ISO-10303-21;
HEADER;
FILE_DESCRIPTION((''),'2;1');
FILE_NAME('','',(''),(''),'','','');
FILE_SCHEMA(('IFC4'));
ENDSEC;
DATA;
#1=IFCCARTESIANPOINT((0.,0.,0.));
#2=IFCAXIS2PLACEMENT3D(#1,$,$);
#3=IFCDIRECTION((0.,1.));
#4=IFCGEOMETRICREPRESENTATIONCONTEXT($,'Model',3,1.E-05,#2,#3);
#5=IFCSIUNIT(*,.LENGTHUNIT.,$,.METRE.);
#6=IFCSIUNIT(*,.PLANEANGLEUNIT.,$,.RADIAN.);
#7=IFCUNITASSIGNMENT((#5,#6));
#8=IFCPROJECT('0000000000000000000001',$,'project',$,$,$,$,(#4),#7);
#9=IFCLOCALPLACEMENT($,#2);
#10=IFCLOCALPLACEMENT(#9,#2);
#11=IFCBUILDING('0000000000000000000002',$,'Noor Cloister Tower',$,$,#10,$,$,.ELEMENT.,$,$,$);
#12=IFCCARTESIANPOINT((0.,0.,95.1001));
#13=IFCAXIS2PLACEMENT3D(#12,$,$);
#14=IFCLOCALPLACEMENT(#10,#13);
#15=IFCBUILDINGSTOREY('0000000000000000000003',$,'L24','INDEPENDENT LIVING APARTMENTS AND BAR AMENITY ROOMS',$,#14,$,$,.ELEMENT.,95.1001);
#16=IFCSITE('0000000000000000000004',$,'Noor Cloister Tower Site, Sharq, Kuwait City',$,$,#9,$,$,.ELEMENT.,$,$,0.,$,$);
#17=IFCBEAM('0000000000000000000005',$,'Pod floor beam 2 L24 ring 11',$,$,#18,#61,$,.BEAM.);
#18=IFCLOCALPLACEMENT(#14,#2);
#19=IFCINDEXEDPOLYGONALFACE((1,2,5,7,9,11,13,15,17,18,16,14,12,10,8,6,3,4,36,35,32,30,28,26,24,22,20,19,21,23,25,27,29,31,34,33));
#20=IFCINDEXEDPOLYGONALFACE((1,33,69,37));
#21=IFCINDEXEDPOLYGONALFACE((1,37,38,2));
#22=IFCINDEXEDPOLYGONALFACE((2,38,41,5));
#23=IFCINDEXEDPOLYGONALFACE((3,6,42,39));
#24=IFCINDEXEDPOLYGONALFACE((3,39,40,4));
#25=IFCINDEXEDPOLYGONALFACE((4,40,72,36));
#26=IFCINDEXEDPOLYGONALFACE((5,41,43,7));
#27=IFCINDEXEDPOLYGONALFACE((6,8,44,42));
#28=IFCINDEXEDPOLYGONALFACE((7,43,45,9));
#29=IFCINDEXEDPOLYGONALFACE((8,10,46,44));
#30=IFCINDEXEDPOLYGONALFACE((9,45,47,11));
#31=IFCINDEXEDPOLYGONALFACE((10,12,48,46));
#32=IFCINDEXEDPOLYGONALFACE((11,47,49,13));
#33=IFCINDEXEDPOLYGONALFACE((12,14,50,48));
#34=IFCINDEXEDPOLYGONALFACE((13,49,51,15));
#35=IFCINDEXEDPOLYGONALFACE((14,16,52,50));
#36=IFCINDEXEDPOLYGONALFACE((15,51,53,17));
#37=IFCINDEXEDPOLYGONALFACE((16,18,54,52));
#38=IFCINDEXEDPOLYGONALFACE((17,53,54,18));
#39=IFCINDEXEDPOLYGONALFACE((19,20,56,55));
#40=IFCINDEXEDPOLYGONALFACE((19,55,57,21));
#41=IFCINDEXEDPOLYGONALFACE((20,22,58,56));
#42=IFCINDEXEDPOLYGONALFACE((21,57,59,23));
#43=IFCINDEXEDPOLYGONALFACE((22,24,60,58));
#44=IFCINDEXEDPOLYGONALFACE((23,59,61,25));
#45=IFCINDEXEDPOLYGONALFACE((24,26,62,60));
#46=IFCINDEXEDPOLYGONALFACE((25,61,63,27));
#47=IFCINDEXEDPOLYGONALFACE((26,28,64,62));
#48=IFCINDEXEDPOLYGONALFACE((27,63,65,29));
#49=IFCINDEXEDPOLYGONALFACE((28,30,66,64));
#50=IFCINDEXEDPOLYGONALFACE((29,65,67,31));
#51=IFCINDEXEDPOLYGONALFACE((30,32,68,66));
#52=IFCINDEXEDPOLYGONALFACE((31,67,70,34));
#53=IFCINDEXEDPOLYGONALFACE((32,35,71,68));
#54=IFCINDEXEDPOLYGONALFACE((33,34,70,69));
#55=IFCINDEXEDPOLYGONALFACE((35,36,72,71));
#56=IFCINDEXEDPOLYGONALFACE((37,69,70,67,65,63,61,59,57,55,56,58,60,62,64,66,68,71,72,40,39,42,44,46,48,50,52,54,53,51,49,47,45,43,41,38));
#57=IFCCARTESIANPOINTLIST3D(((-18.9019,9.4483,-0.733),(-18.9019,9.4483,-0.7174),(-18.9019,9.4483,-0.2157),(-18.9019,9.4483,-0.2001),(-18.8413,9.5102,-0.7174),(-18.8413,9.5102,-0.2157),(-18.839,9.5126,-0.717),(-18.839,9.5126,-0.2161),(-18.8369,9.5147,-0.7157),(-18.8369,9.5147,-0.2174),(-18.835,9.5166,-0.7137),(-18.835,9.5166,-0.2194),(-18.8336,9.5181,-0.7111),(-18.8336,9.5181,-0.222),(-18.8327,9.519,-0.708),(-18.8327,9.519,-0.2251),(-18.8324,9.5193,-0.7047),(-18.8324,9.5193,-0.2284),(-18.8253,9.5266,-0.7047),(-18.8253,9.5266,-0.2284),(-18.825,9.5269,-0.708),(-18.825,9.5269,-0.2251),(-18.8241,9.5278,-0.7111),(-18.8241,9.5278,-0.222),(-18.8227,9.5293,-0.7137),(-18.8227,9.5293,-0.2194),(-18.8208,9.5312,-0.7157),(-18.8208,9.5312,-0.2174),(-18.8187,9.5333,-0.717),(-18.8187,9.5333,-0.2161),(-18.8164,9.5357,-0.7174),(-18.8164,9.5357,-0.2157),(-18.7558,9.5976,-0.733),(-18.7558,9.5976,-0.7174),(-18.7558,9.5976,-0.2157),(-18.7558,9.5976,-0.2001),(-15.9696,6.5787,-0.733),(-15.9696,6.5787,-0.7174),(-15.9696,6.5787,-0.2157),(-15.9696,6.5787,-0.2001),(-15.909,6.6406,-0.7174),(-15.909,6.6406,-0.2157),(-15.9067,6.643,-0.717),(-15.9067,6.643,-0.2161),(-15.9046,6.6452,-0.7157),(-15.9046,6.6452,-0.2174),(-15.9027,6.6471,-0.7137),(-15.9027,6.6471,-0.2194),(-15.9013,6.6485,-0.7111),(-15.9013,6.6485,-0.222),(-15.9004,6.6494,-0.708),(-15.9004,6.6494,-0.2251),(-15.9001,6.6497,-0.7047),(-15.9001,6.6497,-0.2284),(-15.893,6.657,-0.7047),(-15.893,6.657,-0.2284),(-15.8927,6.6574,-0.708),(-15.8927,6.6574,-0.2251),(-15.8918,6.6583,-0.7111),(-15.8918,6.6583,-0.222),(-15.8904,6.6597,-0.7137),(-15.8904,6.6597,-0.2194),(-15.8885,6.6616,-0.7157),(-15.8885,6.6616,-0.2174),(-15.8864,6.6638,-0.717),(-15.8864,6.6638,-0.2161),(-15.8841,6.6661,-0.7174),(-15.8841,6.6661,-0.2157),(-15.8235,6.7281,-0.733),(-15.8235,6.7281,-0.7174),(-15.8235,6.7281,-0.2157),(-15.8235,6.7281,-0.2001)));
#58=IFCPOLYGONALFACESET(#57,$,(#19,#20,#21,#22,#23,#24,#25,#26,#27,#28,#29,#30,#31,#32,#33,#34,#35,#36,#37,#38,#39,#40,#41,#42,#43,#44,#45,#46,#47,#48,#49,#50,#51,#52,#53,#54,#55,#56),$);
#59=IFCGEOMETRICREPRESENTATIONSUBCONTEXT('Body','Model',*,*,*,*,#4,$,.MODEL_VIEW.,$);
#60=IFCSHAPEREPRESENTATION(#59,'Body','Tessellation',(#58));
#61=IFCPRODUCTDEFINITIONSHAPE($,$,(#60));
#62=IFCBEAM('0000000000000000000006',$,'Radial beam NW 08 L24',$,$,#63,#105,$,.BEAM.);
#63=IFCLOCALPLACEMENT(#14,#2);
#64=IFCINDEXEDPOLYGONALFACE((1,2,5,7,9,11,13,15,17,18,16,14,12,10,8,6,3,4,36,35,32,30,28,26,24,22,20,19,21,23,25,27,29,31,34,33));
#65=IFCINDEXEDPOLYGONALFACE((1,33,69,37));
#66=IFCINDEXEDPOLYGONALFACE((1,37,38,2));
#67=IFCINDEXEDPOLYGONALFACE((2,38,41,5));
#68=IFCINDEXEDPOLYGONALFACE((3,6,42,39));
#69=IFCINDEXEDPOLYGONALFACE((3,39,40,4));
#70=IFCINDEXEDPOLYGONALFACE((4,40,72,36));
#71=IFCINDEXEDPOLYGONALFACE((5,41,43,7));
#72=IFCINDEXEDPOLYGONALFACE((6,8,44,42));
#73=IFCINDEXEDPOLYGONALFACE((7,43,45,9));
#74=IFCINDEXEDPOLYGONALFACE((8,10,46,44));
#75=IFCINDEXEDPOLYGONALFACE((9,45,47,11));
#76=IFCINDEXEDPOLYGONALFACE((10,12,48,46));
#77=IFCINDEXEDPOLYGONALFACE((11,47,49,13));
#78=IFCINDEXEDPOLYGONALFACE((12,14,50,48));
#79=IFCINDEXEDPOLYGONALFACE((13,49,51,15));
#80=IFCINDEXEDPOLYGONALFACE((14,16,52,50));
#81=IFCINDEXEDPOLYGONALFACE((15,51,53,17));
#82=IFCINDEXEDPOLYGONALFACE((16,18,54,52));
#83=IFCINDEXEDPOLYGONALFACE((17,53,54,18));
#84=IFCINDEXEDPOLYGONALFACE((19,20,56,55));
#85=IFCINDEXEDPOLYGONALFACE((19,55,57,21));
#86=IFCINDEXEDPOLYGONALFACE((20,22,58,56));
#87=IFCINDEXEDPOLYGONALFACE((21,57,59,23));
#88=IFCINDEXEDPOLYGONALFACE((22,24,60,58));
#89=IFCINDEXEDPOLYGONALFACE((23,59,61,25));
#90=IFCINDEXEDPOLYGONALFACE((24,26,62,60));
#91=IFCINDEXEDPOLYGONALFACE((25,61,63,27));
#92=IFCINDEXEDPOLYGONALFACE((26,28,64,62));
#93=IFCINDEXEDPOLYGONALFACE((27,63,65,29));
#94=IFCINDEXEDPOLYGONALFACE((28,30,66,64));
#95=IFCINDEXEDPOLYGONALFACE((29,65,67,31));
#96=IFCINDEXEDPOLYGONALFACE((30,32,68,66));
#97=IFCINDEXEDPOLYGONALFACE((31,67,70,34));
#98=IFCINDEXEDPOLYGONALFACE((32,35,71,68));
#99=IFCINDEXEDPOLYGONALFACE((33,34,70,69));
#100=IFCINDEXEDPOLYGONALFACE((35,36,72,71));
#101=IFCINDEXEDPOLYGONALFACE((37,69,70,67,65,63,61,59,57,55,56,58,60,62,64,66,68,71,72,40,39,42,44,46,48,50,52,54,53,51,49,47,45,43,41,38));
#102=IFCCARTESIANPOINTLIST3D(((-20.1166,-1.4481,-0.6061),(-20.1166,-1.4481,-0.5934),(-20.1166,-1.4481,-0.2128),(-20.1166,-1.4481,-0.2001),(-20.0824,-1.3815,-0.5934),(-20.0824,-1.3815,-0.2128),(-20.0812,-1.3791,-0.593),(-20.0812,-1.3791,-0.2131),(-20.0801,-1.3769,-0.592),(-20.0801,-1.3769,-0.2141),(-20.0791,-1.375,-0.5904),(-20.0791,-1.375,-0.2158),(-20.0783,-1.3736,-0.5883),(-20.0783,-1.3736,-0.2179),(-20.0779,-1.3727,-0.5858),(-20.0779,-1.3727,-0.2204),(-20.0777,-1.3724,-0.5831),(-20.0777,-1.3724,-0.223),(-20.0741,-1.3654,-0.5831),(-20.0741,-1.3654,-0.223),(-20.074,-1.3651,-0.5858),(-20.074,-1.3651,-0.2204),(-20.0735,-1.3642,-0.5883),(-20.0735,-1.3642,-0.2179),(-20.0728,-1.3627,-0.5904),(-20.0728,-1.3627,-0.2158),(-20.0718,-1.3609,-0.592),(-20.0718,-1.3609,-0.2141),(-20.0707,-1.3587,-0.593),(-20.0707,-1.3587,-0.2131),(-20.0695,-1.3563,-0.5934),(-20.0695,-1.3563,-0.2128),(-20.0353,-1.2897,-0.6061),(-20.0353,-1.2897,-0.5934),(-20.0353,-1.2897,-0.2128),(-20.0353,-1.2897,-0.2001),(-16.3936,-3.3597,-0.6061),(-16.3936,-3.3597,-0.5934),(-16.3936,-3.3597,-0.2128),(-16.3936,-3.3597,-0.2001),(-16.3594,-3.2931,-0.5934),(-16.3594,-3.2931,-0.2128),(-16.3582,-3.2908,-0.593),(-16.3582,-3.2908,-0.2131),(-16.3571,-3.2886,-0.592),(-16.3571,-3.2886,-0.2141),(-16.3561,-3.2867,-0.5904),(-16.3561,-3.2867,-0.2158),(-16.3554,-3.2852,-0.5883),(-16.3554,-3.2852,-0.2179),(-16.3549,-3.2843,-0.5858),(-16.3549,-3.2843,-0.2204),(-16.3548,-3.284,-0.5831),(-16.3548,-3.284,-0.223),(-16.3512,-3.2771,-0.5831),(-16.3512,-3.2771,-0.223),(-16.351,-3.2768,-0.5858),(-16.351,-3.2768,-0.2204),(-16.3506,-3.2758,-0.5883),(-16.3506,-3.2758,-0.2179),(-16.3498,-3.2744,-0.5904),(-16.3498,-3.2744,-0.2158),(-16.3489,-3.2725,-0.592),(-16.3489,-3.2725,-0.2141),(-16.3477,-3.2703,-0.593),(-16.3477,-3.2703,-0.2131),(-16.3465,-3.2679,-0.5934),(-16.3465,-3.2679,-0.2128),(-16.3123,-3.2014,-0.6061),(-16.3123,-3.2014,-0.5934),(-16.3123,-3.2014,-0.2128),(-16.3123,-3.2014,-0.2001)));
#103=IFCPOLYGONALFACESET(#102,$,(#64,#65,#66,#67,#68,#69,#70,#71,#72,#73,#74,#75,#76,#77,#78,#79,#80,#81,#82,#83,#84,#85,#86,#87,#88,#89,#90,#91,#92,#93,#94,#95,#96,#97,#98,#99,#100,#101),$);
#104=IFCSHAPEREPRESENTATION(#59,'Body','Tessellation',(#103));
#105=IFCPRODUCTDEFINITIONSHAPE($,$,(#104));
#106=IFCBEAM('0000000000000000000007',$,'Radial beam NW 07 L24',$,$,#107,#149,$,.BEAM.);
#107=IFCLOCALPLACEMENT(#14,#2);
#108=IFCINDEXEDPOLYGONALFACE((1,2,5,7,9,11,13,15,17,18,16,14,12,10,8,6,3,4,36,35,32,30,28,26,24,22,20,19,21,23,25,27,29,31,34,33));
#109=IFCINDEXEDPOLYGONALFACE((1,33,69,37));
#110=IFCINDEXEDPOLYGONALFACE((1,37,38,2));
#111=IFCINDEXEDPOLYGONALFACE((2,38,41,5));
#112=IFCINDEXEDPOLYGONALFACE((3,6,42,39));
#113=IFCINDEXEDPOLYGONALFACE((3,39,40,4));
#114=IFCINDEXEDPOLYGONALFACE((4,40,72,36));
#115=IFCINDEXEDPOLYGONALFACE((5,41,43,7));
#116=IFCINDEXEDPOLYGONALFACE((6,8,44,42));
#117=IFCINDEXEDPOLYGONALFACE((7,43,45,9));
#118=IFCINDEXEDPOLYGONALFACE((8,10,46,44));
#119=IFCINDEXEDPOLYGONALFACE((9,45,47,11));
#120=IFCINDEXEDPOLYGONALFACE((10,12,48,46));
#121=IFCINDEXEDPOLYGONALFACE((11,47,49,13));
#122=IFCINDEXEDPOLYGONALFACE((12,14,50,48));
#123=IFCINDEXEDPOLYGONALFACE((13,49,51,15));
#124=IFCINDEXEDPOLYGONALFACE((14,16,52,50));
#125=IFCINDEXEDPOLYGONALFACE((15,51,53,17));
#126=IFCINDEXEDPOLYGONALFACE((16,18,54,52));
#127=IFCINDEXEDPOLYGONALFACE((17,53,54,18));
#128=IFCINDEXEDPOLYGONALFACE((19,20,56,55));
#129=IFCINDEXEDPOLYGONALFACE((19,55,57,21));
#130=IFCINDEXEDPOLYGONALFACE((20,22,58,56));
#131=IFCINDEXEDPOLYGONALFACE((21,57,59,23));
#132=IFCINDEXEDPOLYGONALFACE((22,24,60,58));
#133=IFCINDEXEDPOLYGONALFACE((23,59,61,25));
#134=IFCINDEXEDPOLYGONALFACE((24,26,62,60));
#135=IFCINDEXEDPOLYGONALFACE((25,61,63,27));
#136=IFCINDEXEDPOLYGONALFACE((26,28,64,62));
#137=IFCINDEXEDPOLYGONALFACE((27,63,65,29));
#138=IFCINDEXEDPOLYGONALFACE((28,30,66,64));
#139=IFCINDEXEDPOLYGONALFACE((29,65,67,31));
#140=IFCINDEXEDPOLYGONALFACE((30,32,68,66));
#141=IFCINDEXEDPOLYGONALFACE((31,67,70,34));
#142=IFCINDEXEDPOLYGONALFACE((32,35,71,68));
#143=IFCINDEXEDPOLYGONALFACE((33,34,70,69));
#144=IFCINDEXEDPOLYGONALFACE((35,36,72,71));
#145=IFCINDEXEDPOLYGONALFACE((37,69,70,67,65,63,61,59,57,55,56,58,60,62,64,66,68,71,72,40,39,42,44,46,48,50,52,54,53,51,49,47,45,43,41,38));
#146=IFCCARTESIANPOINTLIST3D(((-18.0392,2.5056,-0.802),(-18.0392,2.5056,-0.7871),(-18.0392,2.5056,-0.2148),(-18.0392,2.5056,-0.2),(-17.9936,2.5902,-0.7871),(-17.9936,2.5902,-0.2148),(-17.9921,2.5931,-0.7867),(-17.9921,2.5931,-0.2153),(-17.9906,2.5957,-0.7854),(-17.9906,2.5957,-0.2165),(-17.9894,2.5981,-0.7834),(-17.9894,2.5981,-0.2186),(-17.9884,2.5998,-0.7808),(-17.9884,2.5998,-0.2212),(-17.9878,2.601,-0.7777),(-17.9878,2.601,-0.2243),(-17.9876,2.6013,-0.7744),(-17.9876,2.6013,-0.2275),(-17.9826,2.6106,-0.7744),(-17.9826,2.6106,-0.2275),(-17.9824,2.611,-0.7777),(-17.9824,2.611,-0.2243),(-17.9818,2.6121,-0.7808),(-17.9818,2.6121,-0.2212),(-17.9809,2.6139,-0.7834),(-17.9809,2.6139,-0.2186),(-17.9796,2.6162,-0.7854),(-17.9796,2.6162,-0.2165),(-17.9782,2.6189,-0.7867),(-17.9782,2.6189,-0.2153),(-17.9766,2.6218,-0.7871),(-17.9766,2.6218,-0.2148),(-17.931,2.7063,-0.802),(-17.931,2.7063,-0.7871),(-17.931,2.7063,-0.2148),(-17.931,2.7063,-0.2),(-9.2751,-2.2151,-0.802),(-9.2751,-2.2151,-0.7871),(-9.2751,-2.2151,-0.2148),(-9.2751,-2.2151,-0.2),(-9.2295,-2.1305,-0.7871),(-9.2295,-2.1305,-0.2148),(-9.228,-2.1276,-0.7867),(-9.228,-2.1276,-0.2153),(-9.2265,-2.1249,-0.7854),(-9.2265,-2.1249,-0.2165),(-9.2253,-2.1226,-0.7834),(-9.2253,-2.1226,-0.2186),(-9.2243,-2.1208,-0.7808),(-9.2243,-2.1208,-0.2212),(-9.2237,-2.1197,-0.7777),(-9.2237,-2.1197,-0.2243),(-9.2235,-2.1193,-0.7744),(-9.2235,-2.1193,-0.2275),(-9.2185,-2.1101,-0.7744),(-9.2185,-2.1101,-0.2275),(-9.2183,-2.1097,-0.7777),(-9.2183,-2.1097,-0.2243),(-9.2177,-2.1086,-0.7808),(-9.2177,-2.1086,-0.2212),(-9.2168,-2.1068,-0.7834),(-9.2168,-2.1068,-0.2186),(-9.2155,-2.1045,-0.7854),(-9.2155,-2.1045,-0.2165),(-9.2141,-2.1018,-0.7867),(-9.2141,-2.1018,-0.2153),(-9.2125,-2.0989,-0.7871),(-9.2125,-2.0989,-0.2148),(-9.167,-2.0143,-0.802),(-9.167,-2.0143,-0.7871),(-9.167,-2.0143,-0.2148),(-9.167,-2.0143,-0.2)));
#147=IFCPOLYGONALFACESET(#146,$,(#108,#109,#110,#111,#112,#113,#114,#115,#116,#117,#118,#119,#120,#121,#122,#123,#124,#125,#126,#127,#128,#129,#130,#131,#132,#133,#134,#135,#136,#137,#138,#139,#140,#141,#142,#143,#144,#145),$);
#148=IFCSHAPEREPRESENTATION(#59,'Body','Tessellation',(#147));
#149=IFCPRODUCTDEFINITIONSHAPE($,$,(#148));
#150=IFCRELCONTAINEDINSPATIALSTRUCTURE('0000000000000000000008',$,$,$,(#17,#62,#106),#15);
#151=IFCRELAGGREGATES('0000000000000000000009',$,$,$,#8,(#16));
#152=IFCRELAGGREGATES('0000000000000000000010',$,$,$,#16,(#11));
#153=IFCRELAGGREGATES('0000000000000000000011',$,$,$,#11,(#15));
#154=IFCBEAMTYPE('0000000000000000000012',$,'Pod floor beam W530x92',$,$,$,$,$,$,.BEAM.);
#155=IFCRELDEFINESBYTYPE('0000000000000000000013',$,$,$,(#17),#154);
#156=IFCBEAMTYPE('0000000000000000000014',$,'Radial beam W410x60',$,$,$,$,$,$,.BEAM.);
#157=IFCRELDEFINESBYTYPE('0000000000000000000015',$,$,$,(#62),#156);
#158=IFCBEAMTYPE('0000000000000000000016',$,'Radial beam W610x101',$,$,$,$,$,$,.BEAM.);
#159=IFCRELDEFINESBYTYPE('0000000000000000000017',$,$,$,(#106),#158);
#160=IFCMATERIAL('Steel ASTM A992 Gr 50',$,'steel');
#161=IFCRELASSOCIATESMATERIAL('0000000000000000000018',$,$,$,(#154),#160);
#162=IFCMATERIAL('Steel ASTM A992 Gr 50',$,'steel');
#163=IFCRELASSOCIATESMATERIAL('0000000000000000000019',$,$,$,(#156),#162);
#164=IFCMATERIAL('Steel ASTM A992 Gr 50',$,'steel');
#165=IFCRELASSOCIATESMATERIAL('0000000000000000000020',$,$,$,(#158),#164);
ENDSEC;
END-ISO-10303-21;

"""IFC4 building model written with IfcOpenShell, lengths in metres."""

from ifc_helpers import new_model, si_unit, direction, frame, origin, origin_2d, place, context, subcontext, project, spatial, i_section, extrude, material, material_profile, profile_set, type_object, element, save


model = new_model("IFC4")

# Units and contexts
model_context = context("Model", 3, precision=1e-05, world=origin(), true_north=direction((0.0, 1.0)))
body_context = subcontext(model_context, "Body", "Model", "MODEL_VIEW")
ifc_project = project(units=[si_unit("LENGTHUNIT", "METRE"), si_unit("PLANEANGLEUNIT", "RADIAN")], contexts=[model_context])

# Site, building, storey
site_placement = place(None, origin())
site = spatial("IfcSite", under=ifc_project, at=site_placement, Name="Noor Cloister Tower Site, Sharq, Kuwait City", CompositionType="ELEMENT", RefElevation=0.0)
building_placement = place(site_placement, origin())
building = spatial("IfcBuilding", under=site, at=building_placement, Name="Noor Cloister Tower", CompositionType="ELEMENT")
storey_placement = place(building_placement, frame((0.0, 0.0, 95.1001)))
storey = spatial("IfcBuildingStorey", under=building, at=storey_placement, Name="L24", Description="INDEPENDENT LIVING APARTMENTS AND BAR AMENITY ROOMS", CompositionType="ELEMENT", Elevation=95.1001)

# Beams
ifc_material_1 = material(Name="Steel ASTM A992 Gr 50", Category="steel")
ifc_material_profile_1 = material_profile(ifc_material_1, i_section(OverallWidth=0.209, OverallDepth=0.533, WebThickness=0.0103, FlangeThickness=0.0156, FilletRadius=0.0127, at=origin_2d()), Name="W530x92")
ifc_profile_set_1 = profile_set([ifc_material_profile_1], Name="Steel ASTM A992 Gr 50")
beam_type_1 = type_object("IfcBeamType", Name="Pod floor beam W530x92", PredefinedType="BEAM", material=ifc_profile_set_1)
beam_1_placement = place(storey_placement, frame((-18.8289, 9.5229, -0.4666), z_axis=(0.714712, -0.699419, 0.0), x_axis=(0.699419, 0.714712, 0.0)))
element("IfcBeam", 1, at=beam_1_placement, inside=storey, type_object=beam_type_1, Name="Pod floor beam 2 L24 ring 11", PredefinedType="BEAM", context=body_context, shape_type="SweptSolid", body=[
    extrude(i_section(OverallWidth=0.209, OverallDepth=0.533, WebThickness=0.0103, FlangeThickness=0.0156, FilletRadius=0.0127, at=origin_2d()), origin(), (0.0, 0.0, 1.0), 4.1028),
])
ifc_material_2 = material(Name="Steel ASTM A992 Gr 50", Category="steel")
ifc_material_profile_2 = material_profile(ifc_material_2, i_section(OverallWidth=0.178, OverallDepth=0.406, WebThickness=0.0078, FlangeThickness=0.0127, FilletRadius=0.0103, at=origin_2d()), Name="W410x60")
ifc_profile_set_2 = profile_set([ifc_material_profile_2], Name="Steel ASTM A992 Gr 50")
beam_type_2 = type_object("IfcBeamType", Name="Radial beam W410x60", PredefinedType="BEAM", material=ifc_profile_set_2)
beam_2_placement = place(storey_placement, frame((-20.0759, -1.3689, -0.4031), z_axis=(0.88958, -0.456778, 0.0), x_axis=(0.456778, 0.88958, 0.0)))
element("IfcBeam", 2, at=beam_2_placement, inside=storey, type_object=beam_type_2, Name="Radial beam NW 08 L24", PredefinedType="BEAM", context=body_context, shape_type="SweptSolid", body=[
    extrude(i_section(OverallWidth=0.178, OverallDepth=0.406, WebThickness=0.0078, FlangeThickness=0.0127, FilletRadius=0.0103, at=origin_2d()), origin(), (0.0, 0.0, 1.0), 4.1851),
])
ifc_material_3 = material(Name="Steel ASTM A992 Gr 50", Category="steel")
ifc_material_profile_3 = material_profile(ifc_material_3, i_section(OverallWidth=0.228, OverallDepth=0.6021, WebThickness=0.0105, FlangeThickness=0.0149, FilletRadius=0.0127, at=origin_2d()), Name="W610x101")
ifc_profile_set_3 = profile_set([ifc_material_profile_3], Name="Steel ASTM A992 Gr 50")
beam_type_3 = type_object("IfcBeamType", Name="Radial beam W610x101", PredefinedType="BEAM", material=ifc_profile_set_3)
beam_3_placement = place(storey_placement, frame((-17.9851, 2.606, -0.501), z_axis=(0.880407, -0.47422, 0.0), x_axis=(0.47422, 0.880407, 0.0)))
element("IfcBeam", 3, at=beam_3_placement, inside=storey, type_object=beam_type_3, Name="Radial beam NW 07 L24", PredefinedType="BEAM", context=body_context, shape_type="SweptSolid", body=[
    extrude(i_section(OverallWidth=0.228, OverallDepth=0.6021, WebThickness=0.0105, FlangeThickness=0.0149, FilletRadius=0.0127, at=origin_2d()), origin(), (0.0, 0.0, 1.0), 9.9546),
])

save(model, "model.ifc")
